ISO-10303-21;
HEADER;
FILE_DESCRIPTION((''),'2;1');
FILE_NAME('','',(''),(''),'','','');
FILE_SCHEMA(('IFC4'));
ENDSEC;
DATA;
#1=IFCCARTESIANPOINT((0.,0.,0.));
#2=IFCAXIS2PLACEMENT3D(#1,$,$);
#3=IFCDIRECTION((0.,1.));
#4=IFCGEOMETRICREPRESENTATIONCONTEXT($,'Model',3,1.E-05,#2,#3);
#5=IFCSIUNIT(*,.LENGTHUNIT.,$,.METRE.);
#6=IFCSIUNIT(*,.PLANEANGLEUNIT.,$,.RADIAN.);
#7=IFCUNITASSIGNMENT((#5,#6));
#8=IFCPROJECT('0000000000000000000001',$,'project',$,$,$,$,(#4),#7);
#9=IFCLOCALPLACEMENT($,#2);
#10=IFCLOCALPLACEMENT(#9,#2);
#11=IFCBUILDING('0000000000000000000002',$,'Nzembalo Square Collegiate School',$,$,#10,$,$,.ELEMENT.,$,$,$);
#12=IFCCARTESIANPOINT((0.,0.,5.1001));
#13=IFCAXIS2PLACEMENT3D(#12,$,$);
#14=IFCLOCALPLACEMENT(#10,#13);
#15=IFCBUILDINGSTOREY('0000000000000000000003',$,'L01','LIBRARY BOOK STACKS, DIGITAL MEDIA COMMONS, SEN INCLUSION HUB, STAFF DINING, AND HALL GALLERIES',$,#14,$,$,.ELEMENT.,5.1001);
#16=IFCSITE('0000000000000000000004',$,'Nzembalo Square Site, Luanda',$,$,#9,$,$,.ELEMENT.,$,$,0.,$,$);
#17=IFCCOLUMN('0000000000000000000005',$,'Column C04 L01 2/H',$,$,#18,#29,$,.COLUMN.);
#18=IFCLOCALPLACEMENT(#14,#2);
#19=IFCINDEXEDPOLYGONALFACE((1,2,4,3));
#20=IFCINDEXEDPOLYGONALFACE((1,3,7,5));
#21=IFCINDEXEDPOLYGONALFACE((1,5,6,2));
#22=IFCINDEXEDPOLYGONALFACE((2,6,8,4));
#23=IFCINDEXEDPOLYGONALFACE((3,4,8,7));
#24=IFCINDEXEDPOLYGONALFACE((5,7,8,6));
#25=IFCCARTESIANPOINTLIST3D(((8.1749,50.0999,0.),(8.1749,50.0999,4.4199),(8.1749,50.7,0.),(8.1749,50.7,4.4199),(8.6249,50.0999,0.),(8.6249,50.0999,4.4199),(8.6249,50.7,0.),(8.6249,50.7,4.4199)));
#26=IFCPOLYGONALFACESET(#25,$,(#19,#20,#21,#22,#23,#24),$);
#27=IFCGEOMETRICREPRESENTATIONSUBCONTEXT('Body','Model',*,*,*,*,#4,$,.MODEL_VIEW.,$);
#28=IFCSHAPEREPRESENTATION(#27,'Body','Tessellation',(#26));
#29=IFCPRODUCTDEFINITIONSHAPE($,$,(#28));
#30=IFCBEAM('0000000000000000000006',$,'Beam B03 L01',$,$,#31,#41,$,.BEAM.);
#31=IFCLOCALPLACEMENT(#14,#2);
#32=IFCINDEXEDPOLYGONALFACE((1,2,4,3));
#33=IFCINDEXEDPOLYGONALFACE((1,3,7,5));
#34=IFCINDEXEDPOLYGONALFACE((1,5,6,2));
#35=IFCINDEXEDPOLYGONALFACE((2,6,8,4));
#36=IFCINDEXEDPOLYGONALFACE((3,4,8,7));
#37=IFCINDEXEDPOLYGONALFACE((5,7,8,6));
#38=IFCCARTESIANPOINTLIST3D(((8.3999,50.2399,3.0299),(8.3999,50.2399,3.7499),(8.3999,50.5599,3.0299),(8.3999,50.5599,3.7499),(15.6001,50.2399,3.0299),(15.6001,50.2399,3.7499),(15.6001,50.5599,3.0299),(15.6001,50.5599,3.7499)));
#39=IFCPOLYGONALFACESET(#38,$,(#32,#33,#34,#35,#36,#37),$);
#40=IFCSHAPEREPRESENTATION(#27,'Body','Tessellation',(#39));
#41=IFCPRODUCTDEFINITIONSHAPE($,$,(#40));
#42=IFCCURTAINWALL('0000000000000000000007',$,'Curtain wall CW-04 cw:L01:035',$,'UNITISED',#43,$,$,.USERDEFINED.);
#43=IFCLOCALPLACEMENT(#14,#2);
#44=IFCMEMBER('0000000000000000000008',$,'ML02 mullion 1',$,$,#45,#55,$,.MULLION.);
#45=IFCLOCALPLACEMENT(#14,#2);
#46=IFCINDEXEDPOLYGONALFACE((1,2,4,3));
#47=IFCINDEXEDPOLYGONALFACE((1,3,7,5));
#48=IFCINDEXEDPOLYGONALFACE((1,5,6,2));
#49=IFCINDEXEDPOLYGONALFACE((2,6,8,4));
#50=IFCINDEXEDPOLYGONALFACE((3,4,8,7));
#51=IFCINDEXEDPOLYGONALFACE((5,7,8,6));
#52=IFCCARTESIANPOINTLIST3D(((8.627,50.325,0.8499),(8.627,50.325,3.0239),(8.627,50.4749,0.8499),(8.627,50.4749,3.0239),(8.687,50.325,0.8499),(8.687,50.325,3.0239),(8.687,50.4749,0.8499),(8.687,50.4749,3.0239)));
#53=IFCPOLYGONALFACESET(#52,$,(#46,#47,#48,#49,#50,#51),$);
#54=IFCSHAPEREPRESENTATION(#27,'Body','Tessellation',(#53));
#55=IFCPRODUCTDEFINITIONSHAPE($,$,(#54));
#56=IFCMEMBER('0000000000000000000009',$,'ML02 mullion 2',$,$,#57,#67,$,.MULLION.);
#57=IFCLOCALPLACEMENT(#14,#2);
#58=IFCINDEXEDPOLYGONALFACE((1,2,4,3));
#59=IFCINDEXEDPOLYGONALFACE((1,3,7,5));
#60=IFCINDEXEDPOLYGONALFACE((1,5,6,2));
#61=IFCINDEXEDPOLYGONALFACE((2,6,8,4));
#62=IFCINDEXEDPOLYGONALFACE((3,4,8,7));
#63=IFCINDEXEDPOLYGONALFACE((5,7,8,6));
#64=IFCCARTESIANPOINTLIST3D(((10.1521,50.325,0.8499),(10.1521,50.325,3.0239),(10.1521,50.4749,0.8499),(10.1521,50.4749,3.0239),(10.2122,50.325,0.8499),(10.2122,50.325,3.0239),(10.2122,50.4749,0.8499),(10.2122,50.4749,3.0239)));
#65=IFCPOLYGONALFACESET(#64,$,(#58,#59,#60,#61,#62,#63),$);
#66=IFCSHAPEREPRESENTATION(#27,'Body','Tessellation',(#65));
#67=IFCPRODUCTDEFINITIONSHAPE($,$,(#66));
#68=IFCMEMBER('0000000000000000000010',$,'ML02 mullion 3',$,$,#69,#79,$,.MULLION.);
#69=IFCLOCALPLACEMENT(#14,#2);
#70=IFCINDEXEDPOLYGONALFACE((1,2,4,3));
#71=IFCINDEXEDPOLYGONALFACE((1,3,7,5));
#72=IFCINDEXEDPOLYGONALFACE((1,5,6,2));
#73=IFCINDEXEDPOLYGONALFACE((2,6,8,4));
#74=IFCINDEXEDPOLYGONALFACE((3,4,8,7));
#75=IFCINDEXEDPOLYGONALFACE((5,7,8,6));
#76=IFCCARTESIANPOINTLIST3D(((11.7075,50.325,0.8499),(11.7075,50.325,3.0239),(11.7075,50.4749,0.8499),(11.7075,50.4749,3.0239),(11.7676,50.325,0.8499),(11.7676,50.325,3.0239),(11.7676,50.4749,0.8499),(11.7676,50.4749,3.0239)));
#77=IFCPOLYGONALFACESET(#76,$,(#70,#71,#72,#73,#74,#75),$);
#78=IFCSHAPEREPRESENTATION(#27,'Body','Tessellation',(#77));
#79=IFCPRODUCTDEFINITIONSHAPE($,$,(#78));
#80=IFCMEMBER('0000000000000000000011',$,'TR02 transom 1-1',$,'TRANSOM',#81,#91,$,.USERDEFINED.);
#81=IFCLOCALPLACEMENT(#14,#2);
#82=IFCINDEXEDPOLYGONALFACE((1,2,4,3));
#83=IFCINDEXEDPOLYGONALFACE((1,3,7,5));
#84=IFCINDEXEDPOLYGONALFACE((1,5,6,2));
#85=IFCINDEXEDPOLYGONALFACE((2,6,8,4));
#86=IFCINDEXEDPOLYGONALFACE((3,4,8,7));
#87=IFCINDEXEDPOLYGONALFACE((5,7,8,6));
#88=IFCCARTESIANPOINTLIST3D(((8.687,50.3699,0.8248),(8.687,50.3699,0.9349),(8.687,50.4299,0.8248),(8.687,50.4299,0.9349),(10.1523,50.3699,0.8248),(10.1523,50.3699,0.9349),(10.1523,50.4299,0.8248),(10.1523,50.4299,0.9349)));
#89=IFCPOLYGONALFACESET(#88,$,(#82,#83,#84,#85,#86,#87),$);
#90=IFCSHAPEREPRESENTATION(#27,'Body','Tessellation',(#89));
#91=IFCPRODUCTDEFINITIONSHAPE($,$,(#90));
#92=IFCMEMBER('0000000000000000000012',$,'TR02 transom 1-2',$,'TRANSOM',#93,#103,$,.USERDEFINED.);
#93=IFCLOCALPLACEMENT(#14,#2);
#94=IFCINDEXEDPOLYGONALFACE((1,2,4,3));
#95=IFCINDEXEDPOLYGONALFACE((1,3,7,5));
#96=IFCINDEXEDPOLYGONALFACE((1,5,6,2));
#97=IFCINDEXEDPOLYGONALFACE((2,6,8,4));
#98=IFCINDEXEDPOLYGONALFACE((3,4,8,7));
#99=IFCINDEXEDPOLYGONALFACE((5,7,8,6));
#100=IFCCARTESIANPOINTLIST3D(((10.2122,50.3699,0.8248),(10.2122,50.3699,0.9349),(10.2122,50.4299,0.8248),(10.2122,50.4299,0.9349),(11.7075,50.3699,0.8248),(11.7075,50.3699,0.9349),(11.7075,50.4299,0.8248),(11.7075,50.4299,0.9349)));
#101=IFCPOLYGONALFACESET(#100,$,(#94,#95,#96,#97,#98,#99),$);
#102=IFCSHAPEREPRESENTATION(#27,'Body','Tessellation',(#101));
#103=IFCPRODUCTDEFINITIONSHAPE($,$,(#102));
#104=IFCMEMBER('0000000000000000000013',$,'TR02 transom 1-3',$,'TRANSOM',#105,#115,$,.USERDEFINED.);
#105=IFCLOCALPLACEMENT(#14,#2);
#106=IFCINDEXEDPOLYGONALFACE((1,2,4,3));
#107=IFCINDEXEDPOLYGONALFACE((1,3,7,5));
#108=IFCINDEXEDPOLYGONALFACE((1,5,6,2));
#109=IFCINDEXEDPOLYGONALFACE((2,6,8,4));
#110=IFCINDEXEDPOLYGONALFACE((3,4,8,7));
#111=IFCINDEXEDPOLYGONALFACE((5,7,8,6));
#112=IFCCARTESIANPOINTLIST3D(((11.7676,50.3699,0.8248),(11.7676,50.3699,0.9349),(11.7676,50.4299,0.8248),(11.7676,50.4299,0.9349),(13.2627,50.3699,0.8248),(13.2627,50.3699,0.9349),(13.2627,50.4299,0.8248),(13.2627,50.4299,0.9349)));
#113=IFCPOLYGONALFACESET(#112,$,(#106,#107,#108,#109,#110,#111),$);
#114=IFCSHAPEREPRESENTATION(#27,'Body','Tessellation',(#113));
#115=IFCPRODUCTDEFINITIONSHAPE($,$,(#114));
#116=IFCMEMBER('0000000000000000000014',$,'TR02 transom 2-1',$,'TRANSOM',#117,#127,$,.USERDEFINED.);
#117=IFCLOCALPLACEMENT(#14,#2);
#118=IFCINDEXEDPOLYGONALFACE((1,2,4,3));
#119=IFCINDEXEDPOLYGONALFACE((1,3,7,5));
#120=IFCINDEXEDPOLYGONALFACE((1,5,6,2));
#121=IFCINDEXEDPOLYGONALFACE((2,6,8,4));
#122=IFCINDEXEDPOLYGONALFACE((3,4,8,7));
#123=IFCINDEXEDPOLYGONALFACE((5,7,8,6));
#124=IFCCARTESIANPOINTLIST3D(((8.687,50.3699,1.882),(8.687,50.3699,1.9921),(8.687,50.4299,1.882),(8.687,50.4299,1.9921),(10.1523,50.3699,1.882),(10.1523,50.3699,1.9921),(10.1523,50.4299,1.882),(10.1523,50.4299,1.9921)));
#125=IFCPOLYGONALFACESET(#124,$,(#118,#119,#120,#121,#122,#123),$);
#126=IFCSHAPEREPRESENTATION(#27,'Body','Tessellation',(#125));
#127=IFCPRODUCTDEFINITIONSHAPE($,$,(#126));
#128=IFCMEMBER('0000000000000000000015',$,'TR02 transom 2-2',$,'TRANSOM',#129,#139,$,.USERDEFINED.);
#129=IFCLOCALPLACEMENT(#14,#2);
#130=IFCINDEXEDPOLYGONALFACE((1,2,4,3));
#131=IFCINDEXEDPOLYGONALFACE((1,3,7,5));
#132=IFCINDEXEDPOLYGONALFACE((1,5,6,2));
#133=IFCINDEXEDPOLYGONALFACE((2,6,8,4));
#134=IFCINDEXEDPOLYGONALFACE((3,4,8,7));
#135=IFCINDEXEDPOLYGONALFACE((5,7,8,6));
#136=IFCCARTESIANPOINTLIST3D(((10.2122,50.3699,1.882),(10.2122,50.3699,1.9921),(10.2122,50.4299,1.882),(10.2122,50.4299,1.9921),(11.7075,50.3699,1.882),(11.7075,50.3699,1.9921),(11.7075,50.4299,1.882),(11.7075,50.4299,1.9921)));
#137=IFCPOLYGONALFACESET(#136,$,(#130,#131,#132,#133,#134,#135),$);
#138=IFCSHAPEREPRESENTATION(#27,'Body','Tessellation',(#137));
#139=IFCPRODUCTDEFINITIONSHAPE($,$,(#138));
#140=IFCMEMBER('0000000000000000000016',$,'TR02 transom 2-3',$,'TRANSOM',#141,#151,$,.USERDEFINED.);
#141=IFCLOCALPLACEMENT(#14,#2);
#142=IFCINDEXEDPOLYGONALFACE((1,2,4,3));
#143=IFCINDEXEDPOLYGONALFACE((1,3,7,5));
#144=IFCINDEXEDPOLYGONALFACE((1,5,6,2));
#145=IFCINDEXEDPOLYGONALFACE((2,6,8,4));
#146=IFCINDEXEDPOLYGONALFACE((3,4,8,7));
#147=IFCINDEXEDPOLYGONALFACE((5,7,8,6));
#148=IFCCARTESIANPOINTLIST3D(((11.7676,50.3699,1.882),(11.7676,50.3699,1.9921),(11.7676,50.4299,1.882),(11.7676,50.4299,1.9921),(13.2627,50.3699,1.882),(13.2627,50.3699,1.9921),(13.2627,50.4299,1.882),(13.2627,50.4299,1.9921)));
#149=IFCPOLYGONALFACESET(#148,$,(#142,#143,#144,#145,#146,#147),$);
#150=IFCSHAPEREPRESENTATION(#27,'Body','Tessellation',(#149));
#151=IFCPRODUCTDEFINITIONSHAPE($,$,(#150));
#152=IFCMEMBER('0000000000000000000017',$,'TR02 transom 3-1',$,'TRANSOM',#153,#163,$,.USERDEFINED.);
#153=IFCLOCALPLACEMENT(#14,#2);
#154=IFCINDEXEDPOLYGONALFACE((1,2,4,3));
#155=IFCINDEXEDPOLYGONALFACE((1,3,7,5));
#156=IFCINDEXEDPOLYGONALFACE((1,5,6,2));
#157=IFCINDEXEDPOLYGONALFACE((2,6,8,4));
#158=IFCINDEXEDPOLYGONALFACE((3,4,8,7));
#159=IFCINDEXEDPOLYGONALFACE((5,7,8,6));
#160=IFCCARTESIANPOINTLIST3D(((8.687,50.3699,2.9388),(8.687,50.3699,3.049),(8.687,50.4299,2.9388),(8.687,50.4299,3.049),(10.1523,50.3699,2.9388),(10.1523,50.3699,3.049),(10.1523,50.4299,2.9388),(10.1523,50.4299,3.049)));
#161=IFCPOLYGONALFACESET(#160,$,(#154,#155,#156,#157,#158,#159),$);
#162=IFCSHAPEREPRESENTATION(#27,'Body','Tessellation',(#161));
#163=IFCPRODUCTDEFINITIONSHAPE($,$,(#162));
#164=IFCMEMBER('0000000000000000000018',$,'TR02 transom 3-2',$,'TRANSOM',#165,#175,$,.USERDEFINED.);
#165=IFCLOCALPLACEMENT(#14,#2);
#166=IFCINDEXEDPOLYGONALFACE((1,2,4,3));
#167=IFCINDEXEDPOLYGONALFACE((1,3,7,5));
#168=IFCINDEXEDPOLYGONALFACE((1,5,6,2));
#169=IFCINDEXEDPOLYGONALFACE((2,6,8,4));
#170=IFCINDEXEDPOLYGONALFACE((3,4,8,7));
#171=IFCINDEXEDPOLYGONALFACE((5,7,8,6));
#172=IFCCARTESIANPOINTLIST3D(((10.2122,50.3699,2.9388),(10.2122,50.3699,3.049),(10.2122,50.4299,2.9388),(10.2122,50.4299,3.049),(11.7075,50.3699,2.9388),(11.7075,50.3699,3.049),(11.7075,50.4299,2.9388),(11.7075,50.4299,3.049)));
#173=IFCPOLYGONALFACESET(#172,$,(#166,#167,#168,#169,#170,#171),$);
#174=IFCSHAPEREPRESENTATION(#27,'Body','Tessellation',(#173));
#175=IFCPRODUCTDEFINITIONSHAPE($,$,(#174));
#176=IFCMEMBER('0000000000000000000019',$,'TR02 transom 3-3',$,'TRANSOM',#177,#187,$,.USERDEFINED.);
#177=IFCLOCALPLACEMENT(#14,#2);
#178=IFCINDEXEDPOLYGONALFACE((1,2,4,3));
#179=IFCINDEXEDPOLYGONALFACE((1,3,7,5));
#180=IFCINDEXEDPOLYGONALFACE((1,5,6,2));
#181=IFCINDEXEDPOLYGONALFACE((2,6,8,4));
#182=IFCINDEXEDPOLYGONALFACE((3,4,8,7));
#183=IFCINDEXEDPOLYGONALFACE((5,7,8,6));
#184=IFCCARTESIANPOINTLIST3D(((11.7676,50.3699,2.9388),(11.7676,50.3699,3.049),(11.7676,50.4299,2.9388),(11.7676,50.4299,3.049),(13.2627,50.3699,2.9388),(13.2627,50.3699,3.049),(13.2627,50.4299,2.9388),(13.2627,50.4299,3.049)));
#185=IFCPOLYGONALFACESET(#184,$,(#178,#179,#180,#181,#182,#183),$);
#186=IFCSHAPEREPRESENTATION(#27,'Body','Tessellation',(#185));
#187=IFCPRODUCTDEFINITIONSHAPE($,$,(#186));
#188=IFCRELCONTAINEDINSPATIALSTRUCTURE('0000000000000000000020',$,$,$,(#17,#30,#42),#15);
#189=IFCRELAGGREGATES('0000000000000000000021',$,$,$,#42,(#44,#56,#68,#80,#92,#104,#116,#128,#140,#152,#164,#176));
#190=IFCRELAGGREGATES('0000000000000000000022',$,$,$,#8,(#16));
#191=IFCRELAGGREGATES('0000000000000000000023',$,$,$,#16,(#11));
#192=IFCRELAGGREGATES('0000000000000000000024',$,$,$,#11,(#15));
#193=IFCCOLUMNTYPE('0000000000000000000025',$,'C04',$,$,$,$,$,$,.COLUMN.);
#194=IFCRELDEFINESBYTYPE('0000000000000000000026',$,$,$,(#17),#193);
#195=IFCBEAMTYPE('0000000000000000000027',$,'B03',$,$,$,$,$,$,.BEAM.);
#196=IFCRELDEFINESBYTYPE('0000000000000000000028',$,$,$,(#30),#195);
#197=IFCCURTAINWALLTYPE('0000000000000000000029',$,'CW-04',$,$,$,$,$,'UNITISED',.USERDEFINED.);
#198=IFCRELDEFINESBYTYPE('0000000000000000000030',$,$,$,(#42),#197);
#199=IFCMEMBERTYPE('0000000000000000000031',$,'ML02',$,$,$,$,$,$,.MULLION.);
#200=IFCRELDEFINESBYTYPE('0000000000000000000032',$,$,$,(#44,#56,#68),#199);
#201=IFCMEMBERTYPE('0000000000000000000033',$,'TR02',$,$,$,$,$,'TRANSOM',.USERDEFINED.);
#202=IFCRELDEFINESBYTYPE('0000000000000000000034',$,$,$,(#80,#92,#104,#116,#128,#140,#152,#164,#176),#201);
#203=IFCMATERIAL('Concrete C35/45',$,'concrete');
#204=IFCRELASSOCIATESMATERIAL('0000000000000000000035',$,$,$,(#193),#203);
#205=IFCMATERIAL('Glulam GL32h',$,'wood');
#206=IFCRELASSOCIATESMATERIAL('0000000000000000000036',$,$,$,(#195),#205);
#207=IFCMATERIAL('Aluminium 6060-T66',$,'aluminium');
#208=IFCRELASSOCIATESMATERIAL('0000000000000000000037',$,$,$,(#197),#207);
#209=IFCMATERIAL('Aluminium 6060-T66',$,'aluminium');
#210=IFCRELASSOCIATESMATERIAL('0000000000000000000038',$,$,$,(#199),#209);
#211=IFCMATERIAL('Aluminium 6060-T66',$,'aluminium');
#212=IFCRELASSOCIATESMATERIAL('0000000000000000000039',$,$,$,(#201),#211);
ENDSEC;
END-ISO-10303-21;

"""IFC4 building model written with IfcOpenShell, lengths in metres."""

from ifc_helpers import new_model, si_unit, direction, frame, origin, origin_2d, place, context, subcontext, project, spatial, rectangle, extrude, material, material_profile, profile_set, type_object, element, aggregate, save


model = new_model("IFC4")

# Units and contexts
model_context = context("Model", 3, precision=1e-05, world=origin(), true_north=direction((0.0, 1.0)))
body_context = subcontext(model_context, "Body", "Model", "MODEL_VIEW")
ifc_project = project(units=[si_unit("LENGTHUNIT", "METRE"), si_unit("PLANEANGLEUNIT", "RADIAN")], contexts=[model_context])

# Site, building, storey
site_placement = place(None, origin())
site = spatial("IfcSite", under=ifc_project, at=site_placement, Name="Nzembalo Square Site, Luanda", CompositionType="ELEMENT", RefElevation=0.0)
building_placement = place(site_placement, origin())
building = spatial("IfcBuilding", under=site, at=building_placement, Name="Nzembalo Square Collegiate School", CompositionType="ELEMENT")
storey_placement = place(building_placement, frame((0.0, 0.0, 5.1001)))
storey = spatial("IfcBuildingStorey", under=building, at=storey_placement, Name="L01", Description="LIBRARY BOOK STACKS, DIGITAL MEDIA COMMONS, SEN INCLUSION HUB, STAFF DINING, AND HALL GALLERIES", CompositionType="ELEMENT", Elevation=5.1001)

# Column
ifc_material_1 = material(Name="Concrete C35/45", Category="concrete")
ifc_material_profile_1 = material_profile(ifc_material_1, rectangle(XDim=0.45, YDim=0.6001, at=origin_2d()), Name="RC 450x600")
ifc_profile_set_1 = profile_set([ifc_material_profile_1], Name="Concrete C35/45")
column_type = type_object("IfcColumnType", Name="C04", PredefinedType="COLUMN", material=ifc_profile_set_1)
column_placement = place(storey_placement, frame((8.3999, 50.3999, 0.0), z_axis=(0.0, 0.0, 1.0), x_axis=(1.0, 0.0, 0.0)))
element("IfcColumn", 1, at=column_placement, inside=storey, type_object=column_type, Name="Column C04 L01 2/H", PredefinedType="COLUMN", context=body_context, shape_type="SweptSolid", body=[
    extrude(rectangle(XDim=0.45, YDim=0.6001, at=origin_2d()), origin(), (0.0, 0.0, 1.0), 4.4199),
])

# Beam
ifc_material_2 = material(Name="Glulam GL32h", Category="wood")
ifc_material_profile_2 = material_profile(ifc_material_2, rectangle(XDim=0.3201, YDim=0.72, at=origin_2d()), Name="GL32h 320x720")
ifc_profile_set_2 = profile_set([ifc_material_profile_2], Name="Glulam GL32h")
beam_type = type_object("IfcBeamType", Name="B03", PredefinedType="BEAM", material=ifc_profile_set_2)
beam_placement = place(storey_placement, frame((8.3999, 50.3999, 3.3899), z_axis=(1.0, 0.0, 0.0), x_axis=(0.0, 1.0, 0.0)))
element("IfcBeam", 2, at=beam_placement, inside=storey, type_object=beam_type, Name="Beam B03 L01", PredefinedType="BEAM", context=body_context, shape_type="SweptSolid", body=[
    extrude(rectangle(XDim=0.3201, YDim=0.72, at=origin_2d()), origin(), (0.0, 0.0, 1.0), 7.2002),
])

# Curtain wall, members
ifc_material_3 = material(Name="Aluminium 6060-T66", Category="aluminium")
curtain_wall_type = type_object("IfcCurtainWallType", Name="CW-04", ElementType="UNITISED", PredefinedType="USERDEFINED", material=ifc_material_3)
curtain_wall_placement = place(storey_placement, origin())
curtain_wall = element("IfcCurtainWall", 3, at=curtain_wall_placement, inside=storey, type_object=curtain_wall_type, Name="Curtain wall CW-04 cw:L01:035", ObjectType="UNITISED", PredefinedType="USERDEFINED")
ifc_material_4 = material(Name="Aluminium 6060-T66", Category="aluminium")
ifc_material_profile_3 = material_profile(ifc_material_4, rectangle(XDim=0.0601, YDim=0.1499, at=origin_2d()), Name="ALU M60x150")
ifc_profile_set_3 = profile_set([ifc_material_profile_3], Name="Aluminium 6060-T66")
member_type_1 = type_object("IfcMemberType", Name="ML02", PredefinedType="MULLION", material=ifc_profile_set_3)
member_1_placement = place(storey_placement, frame((8.657, 50.3999, 0.8499), z_axis=(0.0, 0.0, 1.0), x_axis=(1.0, 0.0, 0.0)))
member_1 = element("IfcMember", 4, at=member_1_placement, type_object=member_type_1, Name="ML02 mullion 1", PredefinedType="MULLION", context=body_context, shape_type="SweptSolid", body=[
    extrude(rectangle(XDim=0.0601, YDim=0.1499, at=origin_2d()), origin(), (0.0, 0.0, 1.0), 2.1741),
])
member_2_placement = place(storey_placement, frame((10.1821, 50.3999, 0.8499), z_axis=(0.0, 0.0, 1.0), x_axis=(1.0, 0.0, 0.0)))
member_2 = element("IfcMember", 5, at=member_2_placement, type_object=member_type_1, Name="ML02 mullion 2", PredefinedType="MULLION", context=body_context, shape_type="SweptSolid", body=[
    extrude(rectangle(XDim=0.0601, YDim=0.1499, at=origin_2d()), origin(), (0.0, 0.0, 1.0), 2.1741),
])
member_3_placement = place(storey_placement, frame((11.7375, 50.3999, 0.8499), z_axis=(0.0, 0.0, 1.0), x_axis=(1.0, 0.0, 0.0)))
member_3 = element("IfcMember", 6, at=member_3_placement, type_object=member_type_1, Name="ML02 mullion 3", PredefinedType="MULLION", context=body_context, shape_type="SweptSolid", body=[
    extrude(rectangle(XDim=0.0601, YDim=0.1499, at=origin_2d()), origin(), (0.0, 0.0, 1.0), 2.1741),
])
ifc_material_5 = material(Name="Aluminium 6060-T66", Category="aluminium")
ifc_material_profile_4 = material_profile(ifc_material_5, rectangle(XDim=0.0601, YDim=0.1101, at=origin_2d()), Name="ALU T60x110")
ifc_profile_set_4 = profile_set([ifc_material_profile_4], Name="Aluminium 6060-T66")
member_type_2 = type_object("IfcMemberType", Name="TR02", ElementType="TRANSOM", PredefinedType="USERDEFINED", material=ifc_profile_set_4)
member_4_placement = place(storey_placement, frame((8.687, 50.3999, 0.8799), z_axis=(1.0, 0.0, 0.0), x_axis=(0.0, 1.0, 0.0)))
member_4 = element("IfcMember", 7, at=member_4_placement, type_object=member_type_2, Name="TR02 transom 1-1", ObjectType="TRANSOM", PredefinedType="USERDEFINED", context=body_context, shape_type="SweptSolid", body=[
    extrude(rectangle(XDim=0.0601, YDim=0.1101, at=origin_2d()), origin(), (0.0, 0.0, 1.0), 1.4653),
])
member_5_placement = place(storey_placement, frame((10.2122, 50.3999, 0.8799), z_axis=(1.0, 0.0, 0.0), x_axis=(0.0, 1.0, 0.0)))
member_5 = element("IfcMember", 8, at=member_5_placement, type_object=member_type_2, Name="TR02 transom 1-2", ObjectType="TRANSOM", PredefinedType="USERDEFINED", context=body_context, shape_type="SweptSolid", body=[
    extrude(rectangle(XDim=0.0601, YDim=0.1101, at=origin_2d()), origin(), (0.0, 0.0, 1.0), 1.4954),
])
member_6_placement = place(storey_placement, frame((11.7676, 50.3999, 0.8799), z_axis=(1.0, 0.0, 0.0), x_axis=(0.0, 1.0, 0.0)))
member_6 = element("IfcMember", 9, at=member_6_placement, type_object=member_type_2, Name="TR02 transom 1-3", ObjectType="TRANSOM", PredefinedType="USERDEFINED", context=body_context, shape_type="SweptSolid", body=[
    extrude(rectangle(XDim=0.0601, YDim=0.1101, at=origin_2d()), origin(), (0.0, 0.0, 1.0), 1.4951),
])
member_7_placement = place(storey_placement, frame((8.687, 50.3999, 1.937), z_axis=(1.0, 0.0, 0.0), x_axis=(0.0, 1.0, 0.0)))
member_7 = element("IfcMember", 10, at=member_7_placement, type_object=member_type_2, Name="TR02 transom 2-1", ObjectType="TRANSOM", PredefinedType="USERDEFINED", context=body_context, shape_type="SweptSolid", body=[
    extrude(rectangle(XDim=0.0601, YDim=0.1101, at=origin_2d()), origin(), (0.0, 0.0, 1.0), 1.4653),
])
member_8_placement = place(storey_placement, frame((10.2122, 50.3999, 1.937), z_axis=(1.0, 0.0, 0.0), x_axis=(0.0, 1.0, 0.0)))
member_8 = element("IfcMember", 11, at=member_8_placement, type_object=member_type_2, Name="TR02 transom 2-2", ObjectType="TRANSOM", PredefinedType="USERDEFINED", context=body_context, shape_type="SweptSolid", body=[
    extrude(rectangle(XDim=0.0601, YDim=0.1101, at=origin_2d()), origin(), (0.0, 0.0, 1.0), 1.4954),
])
member_9_placement = place(storey_placement, frame((11.7676, 50.3999, 1.937), z_axis=(1.0, 0.0, 0.0), x_axis=(0.0, 1.0, 0.0)))
member_9 = element("IfcMember", 12, at=member_9_placement, type_object=member_type_2, Name="TR02 transom 2-3", ObjectType="TRANSOM", PredefinedType="USERDEFINED", context=body_context, shape_type="SweptSolid", body=[
    extrude(rectangle(XDim=0.0601, YDim=0.1101, at=origin_2d()), origin(), (0.0, 0.0, 1.0), 1.4951),
])
member_10_placement = place(storey_placement, frame((8.687, 50.3999, 2.9939), z_axis=(1.0, 0.0, 0.0), x_axis=(0.0, 1.0, 0.0)))
member_10 = element("IfcMember", 13, at=member_10_placement, type_object=member_type_2, Name="TR02 transom 3-1", ObjectType="TRANSOM", PredefinedType="USERDEFINED", context=body_context, shape_type="SweptSolid", body=[
    extrude(rectangle(XDim=0.0601, YDim=0.1101, at=origin_2d()), origin(), (0.0, 0.0, 1.0), 1.4653),
])
member_11_placement = place(storey_placement, frame((10.2122, 50.3999, 2.9939), z_axis=(1.0, 0.0, 0.0), x_axis=(0.0, 1.0, 0.0)))
member_11 = element("IfcMember", 14, at=member_11_placement, type_object=member_type_2, Name="TR02 transom 3-2", ObjectType="TRANSOM", PredefinedType="USERDEFINED", context=body_context, shape_type="SweptSolid", body=[
    extrude(rectangle(XDim=0.0601, YDim=0.1101, at=origin_2d()), origin(), (0.0, 0.0, 1.0), 1.4954),
])
member_12_placement = place(storey_placement, frame((11.7676, 50.3999, 2.9939), z_axis=(1.0, 0.0, 0.0), x_axis=(0.0, 1.0, 0.0)))
member_12 = element("IfcMember", 15, at=member_12_placement, type_object=member_type_2, Name="TR02 transom 3-3", ObjectType="TRANSOM", PredefinedType="USERDEFINED", context=body_context, shape_type="SweptSolid", body=[
    extrude(rectangle(XDim=0.0601, YDim=0.1101, at=origin_2d()), origin(), (0.0, 0.0, 1.0), 1.4951),
])
aggregate(curtain_wall, [member_1, member_2, member_3, member_4, member_5, member_6, member_7, member_8, member_9, member_10, member_11, member_12])

save(model, "model.ifc")
